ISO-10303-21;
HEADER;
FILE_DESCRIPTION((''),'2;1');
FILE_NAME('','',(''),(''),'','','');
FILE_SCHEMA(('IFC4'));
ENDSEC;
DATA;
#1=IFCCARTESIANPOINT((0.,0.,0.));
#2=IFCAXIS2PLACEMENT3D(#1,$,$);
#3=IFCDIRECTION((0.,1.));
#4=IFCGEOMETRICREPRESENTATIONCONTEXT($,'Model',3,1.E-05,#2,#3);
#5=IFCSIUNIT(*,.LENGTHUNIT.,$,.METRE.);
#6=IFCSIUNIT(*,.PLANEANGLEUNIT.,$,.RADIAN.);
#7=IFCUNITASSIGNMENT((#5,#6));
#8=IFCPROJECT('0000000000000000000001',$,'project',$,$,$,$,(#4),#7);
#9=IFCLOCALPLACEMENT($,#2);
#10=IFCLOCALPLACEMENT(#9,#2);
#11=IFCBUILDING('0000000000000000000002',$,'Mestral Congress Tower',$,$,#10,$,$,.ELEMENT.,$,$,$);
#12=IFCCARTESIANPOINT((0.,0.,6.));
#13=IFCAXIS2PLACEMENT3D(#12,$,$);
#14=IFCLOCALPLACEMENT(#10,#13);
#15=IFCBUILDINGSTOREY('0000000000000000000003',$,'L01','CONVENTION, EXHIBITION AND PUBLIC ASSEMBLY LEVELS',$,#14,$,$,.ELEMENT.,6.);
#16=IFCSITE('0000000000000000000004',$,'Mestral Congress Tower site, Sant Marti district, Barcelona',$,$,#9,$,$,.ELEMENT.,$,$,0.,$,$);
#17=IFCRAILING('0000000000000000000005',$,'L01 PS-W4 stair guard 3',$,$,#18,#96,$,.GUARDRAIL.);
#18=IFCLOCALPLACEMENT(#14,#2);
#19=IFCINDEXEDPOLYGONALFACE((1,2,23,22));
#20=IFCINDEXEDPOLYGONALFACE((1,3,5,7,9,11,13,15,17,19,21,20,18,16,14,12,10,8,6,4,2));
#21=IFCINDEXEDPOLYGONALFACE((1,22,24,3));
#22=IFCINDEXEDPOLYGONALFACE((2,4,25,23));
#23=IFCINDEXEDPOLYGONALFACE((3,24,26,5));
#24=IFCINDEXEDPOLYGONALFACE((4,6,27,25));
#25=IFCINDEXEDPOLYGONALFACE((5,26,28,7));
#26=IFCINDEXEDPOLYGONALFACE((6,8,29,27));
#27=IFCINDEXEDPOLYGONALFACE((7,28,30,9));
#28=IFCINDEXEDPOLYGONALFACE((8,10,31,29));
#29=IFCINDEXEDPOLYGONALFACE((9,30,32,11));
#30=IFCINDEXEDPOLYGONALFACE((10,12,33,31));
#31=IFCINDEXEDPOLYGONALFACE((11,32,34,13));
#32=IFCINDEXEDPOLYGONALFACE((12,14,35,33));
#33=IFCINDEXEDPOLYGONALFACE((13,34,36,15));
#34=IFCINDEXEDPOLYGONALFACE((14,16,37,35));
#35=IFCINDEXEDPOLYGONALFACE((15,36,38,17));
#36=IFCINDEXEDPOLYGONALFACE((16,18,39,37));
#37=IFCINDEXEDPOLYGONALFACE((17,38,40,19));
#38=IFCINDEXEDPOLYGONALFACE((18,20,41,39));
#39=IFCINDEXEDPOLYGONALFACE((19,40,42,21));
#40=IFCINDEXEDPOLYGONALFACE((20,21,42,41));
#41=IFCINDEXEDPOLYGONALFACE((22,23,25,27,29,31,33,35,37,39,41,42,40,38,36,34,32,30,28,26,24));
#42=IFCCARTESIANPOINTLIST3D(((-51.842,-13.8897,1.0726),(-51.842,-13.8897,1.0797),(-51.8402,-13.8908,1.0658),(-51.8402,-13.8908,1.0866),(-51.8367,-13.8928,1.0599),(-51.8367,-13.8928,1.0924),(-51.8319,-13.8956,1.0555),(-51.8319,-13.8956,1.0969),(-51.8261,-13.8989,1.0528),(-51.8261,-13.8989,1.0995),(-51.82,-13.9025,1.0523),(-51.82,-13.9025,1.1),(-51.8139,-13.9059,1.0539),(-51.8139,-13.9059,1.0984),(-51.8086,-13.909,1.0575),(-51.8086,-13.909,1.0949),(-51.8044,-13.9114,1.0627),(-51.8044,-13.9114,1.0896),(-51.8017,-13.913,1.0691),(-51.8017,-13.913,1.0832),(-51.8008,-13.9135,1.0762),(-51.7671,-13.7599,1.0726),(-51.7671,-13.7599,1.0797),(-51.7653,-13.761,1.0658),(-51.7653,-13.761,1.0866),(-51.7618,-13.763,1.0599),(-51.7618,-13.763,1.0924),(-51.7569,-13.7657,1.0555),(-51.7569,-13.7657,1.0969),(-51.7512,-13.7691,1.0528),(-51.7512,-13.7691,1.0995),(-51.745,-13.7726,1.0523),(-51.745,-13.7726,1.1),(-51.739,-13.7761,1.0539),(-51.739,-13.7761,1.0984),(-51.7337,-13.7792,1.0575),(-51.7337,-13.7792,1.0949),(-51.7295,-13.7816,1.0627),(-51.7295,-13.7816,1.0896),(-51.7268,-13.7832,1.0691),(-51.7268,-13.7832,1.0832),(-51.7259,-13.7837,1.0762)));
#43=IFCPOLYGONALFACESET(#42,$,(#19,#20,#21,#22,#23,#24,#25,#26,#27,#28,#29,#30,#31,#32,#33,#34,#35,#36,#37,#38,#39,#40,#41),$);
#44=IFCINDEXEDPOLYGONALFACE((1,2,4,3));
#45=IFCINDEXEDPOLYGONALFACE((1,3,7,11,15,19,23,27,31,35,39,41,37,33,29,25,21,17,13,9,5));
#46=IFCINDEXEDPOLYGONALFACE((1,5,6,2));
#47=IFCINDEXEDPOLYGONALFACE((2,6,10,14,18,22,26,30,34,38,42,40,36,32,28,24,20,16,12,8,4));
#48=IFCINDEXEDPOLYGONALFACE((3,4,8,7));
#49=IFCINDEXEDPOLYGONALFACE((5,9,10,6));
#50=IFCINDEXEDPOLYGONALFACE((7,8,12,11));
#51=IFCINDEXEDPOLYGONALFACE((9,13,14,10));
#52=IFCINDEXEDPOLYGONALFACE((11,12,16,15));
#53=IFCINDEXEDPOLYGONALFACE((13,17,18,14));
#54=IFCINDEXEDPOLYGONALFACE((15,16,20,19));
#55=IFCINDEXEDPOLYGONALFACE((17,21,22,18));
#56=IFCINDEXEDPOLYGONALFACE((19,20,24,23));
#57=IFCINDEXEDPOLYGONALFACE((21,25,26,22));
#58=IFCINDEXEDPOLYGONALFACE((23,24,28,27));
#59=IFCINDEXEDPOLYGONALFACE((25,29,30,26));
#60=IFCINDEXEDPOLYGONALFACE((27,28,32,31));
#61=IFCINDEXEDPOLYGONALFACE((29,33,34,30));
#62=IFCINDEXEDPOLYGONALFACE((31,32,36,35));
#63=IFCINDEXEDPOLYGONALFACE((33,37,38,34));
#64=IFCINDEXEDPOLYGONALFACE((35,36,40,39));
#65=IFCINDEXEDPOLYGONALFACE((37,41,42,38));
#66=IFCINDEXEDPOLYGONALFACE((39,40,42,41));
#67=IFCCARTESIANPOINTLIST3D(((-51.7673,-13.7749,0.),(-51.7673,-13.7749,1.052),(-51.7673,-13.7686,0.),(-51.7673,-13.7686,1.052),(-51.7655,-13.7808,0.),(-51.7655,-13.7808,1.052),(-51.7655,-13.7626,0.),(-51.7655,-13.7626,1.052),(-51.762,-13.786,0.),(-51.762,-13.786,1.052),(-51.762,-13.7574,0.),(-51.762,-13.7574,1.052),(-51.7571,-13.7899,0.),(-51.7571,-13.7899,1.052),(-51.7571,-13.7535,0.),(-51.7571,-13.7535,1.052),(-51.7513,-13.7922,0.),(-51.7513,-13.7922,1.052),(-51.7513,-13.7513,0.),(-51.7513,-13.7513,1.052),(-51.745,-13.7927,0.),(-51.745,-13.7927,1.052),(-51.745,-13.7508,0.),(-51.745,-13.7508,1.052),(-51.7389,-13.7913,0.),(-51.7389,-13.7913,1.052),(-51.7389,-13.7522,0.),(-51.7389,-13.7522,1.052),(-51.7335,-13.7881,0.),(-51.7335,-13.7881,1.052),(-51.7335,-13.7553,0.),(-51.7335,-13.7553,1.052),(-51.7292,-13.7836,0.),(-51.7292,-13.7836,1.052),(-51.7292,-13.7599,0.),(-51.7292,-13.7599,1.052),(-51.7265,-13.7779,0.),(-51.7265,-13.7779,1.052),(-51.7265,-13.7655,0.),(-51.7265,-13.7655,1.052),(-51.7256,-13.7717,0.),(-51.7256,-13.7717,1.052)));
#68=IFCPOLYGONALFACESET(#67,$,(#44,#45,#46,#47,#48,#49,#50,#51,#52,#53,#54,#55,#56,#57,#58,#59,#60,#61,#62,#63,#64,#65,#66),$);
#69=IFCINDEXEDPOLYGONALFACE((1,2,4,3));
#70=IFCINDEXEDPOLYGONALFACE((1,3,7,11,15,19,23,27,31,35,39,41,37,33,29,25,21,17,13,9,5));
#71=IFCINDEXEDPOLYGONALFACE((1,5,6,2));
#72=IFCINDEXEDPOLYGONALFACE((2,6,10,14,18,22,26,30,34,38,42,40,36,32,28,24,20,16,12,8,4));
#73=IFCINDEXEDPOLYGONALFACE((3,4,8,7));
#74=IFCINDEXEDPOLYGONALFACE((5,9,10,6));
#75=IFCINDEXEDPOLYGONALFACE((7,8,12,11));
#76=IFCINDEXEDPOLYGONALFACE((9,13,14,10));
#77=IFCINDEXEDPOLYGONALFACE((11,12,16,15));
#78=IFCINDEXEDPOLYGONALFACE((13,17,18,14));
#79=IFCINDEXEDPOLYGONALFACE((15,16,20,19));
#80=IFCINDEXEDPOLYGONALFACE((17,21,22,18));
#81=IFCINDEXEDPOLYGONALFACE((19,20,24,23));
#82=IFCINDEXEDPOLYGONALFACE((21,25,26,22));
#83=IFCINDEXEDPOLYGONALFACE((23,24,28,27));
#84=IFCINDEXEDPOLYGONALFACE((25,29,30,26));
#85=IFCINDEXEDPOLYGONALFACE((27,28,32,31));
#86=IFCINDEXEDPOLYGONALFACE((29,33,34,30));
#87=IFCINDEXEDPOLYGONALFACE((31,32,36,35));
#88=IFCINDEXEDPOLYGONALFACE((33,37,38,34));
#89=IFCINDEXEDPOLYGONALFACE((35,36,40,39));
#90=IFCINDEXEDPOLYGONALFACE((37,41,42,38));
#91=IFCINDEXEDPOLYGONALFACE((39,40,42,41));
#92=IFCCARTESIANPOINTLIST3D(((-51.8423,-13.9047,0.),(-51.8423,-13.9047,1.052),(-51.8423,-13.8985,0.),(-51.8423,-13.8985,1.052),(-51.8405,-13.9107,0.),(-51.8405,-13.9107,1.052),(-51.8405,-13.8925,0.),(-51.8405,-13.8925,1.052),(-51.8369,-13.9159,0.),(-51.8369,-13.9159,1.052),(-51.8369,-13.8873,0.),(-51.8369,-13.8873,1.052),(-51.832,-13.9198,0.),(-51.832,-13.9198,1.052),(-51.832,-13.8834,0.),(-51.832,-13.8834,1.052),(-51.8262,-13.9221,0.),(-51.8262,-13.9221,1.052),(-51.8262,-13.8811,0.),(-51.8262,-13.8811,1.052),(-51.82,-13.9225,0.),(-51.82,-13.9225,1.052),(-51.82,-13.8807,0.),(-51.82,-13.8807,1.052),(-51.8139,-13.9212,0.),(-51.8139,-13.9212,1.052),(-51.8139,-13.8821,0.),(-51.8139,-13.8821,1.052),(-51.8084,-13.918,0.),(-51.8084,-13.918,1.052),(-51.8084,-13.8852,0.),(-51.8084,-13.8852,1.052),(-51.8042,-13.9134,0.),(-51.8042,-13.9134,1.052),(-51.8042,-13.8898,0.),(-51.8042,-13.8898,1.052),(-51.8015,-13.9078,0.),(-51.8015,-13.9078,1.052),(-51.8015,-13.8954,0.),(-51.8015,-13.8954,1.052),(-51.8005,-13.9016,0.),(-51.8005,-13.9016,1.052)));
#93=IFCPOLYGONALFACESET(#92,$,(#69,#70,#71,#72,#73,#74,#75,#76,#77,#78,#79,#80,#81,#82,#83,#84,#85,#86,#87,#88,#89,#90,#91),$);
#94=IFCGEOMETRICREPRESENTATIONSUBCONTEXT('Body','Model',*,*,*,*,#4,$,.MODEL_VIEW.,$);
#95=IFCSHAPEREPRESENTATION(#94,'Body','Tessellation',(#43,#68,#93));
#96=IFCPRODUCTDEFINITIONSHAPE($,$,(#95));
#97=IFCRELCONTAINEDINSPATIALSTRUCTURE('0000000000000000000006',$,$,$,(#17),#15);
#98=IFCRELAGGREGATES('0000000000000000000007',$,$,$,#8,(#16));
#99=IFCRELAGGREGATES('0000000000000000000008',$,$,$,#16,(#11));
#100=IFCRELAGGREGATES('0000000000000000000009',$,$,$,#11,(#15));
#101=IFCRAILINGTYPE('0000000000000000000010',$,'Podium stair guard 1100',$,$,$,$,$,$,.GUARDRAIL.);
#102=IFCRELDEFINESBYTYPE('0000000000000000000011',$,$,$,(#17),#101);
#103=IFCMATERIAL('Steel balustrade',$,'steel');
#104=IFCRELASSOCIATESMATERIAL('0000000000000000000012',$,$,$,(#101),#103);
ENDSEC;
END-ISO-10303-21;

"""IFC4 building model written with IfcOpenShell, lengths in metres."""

from ifc_helpers import new_model, si_unit, direction, frame, origin, origin_2d, place, context, subcontext, project, spatial, circle, extrude, material, type_object, element, save


model = new_model("IFC4")

# Units and contexts
model_context = context("Model", 3, precision=1e-05, world=origin(), true_north=direction((0.0, 1.0)))
body_context = subcontext(model_context, "Body", "Model", "MODEL_VIEW")
ifc_project = project(units=[si_unit("LENGTHUNIT", "METRE"), si_unit("PLANEANGLEUNIT", "RADIAN")], contexts=[model_context])

# Site, building, storey
site_placement = place(None, origin())
site = spatial("IfcSite", under=ifc_project, at=site_placement, Name="Mestral Congress Tower site, Sant Marti district, Barcelona", CompositionType="ELEMENT", RefElevation=0.0)
building_placement = place(site_placement, origin())
building = spatial("IfcBuilding", under=site, at=building_placement, Name="Mestral Congress Tower", CompositionType="ELEMENT")
storey_placement = place(building_placement, frame((0.0, 0.0, 6.0)))
storey = spatial("IfcBuildingStorey", under=building, at=storey_placement, Name="L01", Description="CONVENTION, EXHIBITION AND PUBLIC ASSEMBLY LEVELS", CompositionType="ELEMENT", Elevation=6.0)

# Railing
ifc_material_1 = material(Name="Steel balustrade", Category="steel")
railing_type_1 = type_object("IfcRailingType", Name="Podium stair guard 1100", PredefinedType="GUARDRAIL", material=ifc_material_1)
railing_1_placement = place(storey_placement, frame((-51.7466, -13.7717, 0.0)))
element("IfcRailing", 1, at=railing_1_placement, inside=storey, type_object=railing_type_1, Name="L01 PS-W4 stair guard 3", PredefinedType="GUARDRAIL", context=body_context, shape_type="SweptSolid", body=[
    extrude(circle(Radius=0.0239, at=origin_2d()), frame((0.0, 0.0, 1.0762), z_axis=(-0.499816, -0.866131, 0.0), x_axis=(0.866131, -0.499816, 0.0)), (0.0, 0.0, 1.0), 0.1499),
    extrude(circle(Radius=0.021, at=origin_2d()), origin(), (0.0, 0.0, 1.0), 1.052),
    extrude(circle(Radius=0.021, at=origin_2d()), frame((-0.075, -0.1299, 0.0)), (0.0, 0.0, 1.0), 1.052),
])

save(model, "model.ifc")
